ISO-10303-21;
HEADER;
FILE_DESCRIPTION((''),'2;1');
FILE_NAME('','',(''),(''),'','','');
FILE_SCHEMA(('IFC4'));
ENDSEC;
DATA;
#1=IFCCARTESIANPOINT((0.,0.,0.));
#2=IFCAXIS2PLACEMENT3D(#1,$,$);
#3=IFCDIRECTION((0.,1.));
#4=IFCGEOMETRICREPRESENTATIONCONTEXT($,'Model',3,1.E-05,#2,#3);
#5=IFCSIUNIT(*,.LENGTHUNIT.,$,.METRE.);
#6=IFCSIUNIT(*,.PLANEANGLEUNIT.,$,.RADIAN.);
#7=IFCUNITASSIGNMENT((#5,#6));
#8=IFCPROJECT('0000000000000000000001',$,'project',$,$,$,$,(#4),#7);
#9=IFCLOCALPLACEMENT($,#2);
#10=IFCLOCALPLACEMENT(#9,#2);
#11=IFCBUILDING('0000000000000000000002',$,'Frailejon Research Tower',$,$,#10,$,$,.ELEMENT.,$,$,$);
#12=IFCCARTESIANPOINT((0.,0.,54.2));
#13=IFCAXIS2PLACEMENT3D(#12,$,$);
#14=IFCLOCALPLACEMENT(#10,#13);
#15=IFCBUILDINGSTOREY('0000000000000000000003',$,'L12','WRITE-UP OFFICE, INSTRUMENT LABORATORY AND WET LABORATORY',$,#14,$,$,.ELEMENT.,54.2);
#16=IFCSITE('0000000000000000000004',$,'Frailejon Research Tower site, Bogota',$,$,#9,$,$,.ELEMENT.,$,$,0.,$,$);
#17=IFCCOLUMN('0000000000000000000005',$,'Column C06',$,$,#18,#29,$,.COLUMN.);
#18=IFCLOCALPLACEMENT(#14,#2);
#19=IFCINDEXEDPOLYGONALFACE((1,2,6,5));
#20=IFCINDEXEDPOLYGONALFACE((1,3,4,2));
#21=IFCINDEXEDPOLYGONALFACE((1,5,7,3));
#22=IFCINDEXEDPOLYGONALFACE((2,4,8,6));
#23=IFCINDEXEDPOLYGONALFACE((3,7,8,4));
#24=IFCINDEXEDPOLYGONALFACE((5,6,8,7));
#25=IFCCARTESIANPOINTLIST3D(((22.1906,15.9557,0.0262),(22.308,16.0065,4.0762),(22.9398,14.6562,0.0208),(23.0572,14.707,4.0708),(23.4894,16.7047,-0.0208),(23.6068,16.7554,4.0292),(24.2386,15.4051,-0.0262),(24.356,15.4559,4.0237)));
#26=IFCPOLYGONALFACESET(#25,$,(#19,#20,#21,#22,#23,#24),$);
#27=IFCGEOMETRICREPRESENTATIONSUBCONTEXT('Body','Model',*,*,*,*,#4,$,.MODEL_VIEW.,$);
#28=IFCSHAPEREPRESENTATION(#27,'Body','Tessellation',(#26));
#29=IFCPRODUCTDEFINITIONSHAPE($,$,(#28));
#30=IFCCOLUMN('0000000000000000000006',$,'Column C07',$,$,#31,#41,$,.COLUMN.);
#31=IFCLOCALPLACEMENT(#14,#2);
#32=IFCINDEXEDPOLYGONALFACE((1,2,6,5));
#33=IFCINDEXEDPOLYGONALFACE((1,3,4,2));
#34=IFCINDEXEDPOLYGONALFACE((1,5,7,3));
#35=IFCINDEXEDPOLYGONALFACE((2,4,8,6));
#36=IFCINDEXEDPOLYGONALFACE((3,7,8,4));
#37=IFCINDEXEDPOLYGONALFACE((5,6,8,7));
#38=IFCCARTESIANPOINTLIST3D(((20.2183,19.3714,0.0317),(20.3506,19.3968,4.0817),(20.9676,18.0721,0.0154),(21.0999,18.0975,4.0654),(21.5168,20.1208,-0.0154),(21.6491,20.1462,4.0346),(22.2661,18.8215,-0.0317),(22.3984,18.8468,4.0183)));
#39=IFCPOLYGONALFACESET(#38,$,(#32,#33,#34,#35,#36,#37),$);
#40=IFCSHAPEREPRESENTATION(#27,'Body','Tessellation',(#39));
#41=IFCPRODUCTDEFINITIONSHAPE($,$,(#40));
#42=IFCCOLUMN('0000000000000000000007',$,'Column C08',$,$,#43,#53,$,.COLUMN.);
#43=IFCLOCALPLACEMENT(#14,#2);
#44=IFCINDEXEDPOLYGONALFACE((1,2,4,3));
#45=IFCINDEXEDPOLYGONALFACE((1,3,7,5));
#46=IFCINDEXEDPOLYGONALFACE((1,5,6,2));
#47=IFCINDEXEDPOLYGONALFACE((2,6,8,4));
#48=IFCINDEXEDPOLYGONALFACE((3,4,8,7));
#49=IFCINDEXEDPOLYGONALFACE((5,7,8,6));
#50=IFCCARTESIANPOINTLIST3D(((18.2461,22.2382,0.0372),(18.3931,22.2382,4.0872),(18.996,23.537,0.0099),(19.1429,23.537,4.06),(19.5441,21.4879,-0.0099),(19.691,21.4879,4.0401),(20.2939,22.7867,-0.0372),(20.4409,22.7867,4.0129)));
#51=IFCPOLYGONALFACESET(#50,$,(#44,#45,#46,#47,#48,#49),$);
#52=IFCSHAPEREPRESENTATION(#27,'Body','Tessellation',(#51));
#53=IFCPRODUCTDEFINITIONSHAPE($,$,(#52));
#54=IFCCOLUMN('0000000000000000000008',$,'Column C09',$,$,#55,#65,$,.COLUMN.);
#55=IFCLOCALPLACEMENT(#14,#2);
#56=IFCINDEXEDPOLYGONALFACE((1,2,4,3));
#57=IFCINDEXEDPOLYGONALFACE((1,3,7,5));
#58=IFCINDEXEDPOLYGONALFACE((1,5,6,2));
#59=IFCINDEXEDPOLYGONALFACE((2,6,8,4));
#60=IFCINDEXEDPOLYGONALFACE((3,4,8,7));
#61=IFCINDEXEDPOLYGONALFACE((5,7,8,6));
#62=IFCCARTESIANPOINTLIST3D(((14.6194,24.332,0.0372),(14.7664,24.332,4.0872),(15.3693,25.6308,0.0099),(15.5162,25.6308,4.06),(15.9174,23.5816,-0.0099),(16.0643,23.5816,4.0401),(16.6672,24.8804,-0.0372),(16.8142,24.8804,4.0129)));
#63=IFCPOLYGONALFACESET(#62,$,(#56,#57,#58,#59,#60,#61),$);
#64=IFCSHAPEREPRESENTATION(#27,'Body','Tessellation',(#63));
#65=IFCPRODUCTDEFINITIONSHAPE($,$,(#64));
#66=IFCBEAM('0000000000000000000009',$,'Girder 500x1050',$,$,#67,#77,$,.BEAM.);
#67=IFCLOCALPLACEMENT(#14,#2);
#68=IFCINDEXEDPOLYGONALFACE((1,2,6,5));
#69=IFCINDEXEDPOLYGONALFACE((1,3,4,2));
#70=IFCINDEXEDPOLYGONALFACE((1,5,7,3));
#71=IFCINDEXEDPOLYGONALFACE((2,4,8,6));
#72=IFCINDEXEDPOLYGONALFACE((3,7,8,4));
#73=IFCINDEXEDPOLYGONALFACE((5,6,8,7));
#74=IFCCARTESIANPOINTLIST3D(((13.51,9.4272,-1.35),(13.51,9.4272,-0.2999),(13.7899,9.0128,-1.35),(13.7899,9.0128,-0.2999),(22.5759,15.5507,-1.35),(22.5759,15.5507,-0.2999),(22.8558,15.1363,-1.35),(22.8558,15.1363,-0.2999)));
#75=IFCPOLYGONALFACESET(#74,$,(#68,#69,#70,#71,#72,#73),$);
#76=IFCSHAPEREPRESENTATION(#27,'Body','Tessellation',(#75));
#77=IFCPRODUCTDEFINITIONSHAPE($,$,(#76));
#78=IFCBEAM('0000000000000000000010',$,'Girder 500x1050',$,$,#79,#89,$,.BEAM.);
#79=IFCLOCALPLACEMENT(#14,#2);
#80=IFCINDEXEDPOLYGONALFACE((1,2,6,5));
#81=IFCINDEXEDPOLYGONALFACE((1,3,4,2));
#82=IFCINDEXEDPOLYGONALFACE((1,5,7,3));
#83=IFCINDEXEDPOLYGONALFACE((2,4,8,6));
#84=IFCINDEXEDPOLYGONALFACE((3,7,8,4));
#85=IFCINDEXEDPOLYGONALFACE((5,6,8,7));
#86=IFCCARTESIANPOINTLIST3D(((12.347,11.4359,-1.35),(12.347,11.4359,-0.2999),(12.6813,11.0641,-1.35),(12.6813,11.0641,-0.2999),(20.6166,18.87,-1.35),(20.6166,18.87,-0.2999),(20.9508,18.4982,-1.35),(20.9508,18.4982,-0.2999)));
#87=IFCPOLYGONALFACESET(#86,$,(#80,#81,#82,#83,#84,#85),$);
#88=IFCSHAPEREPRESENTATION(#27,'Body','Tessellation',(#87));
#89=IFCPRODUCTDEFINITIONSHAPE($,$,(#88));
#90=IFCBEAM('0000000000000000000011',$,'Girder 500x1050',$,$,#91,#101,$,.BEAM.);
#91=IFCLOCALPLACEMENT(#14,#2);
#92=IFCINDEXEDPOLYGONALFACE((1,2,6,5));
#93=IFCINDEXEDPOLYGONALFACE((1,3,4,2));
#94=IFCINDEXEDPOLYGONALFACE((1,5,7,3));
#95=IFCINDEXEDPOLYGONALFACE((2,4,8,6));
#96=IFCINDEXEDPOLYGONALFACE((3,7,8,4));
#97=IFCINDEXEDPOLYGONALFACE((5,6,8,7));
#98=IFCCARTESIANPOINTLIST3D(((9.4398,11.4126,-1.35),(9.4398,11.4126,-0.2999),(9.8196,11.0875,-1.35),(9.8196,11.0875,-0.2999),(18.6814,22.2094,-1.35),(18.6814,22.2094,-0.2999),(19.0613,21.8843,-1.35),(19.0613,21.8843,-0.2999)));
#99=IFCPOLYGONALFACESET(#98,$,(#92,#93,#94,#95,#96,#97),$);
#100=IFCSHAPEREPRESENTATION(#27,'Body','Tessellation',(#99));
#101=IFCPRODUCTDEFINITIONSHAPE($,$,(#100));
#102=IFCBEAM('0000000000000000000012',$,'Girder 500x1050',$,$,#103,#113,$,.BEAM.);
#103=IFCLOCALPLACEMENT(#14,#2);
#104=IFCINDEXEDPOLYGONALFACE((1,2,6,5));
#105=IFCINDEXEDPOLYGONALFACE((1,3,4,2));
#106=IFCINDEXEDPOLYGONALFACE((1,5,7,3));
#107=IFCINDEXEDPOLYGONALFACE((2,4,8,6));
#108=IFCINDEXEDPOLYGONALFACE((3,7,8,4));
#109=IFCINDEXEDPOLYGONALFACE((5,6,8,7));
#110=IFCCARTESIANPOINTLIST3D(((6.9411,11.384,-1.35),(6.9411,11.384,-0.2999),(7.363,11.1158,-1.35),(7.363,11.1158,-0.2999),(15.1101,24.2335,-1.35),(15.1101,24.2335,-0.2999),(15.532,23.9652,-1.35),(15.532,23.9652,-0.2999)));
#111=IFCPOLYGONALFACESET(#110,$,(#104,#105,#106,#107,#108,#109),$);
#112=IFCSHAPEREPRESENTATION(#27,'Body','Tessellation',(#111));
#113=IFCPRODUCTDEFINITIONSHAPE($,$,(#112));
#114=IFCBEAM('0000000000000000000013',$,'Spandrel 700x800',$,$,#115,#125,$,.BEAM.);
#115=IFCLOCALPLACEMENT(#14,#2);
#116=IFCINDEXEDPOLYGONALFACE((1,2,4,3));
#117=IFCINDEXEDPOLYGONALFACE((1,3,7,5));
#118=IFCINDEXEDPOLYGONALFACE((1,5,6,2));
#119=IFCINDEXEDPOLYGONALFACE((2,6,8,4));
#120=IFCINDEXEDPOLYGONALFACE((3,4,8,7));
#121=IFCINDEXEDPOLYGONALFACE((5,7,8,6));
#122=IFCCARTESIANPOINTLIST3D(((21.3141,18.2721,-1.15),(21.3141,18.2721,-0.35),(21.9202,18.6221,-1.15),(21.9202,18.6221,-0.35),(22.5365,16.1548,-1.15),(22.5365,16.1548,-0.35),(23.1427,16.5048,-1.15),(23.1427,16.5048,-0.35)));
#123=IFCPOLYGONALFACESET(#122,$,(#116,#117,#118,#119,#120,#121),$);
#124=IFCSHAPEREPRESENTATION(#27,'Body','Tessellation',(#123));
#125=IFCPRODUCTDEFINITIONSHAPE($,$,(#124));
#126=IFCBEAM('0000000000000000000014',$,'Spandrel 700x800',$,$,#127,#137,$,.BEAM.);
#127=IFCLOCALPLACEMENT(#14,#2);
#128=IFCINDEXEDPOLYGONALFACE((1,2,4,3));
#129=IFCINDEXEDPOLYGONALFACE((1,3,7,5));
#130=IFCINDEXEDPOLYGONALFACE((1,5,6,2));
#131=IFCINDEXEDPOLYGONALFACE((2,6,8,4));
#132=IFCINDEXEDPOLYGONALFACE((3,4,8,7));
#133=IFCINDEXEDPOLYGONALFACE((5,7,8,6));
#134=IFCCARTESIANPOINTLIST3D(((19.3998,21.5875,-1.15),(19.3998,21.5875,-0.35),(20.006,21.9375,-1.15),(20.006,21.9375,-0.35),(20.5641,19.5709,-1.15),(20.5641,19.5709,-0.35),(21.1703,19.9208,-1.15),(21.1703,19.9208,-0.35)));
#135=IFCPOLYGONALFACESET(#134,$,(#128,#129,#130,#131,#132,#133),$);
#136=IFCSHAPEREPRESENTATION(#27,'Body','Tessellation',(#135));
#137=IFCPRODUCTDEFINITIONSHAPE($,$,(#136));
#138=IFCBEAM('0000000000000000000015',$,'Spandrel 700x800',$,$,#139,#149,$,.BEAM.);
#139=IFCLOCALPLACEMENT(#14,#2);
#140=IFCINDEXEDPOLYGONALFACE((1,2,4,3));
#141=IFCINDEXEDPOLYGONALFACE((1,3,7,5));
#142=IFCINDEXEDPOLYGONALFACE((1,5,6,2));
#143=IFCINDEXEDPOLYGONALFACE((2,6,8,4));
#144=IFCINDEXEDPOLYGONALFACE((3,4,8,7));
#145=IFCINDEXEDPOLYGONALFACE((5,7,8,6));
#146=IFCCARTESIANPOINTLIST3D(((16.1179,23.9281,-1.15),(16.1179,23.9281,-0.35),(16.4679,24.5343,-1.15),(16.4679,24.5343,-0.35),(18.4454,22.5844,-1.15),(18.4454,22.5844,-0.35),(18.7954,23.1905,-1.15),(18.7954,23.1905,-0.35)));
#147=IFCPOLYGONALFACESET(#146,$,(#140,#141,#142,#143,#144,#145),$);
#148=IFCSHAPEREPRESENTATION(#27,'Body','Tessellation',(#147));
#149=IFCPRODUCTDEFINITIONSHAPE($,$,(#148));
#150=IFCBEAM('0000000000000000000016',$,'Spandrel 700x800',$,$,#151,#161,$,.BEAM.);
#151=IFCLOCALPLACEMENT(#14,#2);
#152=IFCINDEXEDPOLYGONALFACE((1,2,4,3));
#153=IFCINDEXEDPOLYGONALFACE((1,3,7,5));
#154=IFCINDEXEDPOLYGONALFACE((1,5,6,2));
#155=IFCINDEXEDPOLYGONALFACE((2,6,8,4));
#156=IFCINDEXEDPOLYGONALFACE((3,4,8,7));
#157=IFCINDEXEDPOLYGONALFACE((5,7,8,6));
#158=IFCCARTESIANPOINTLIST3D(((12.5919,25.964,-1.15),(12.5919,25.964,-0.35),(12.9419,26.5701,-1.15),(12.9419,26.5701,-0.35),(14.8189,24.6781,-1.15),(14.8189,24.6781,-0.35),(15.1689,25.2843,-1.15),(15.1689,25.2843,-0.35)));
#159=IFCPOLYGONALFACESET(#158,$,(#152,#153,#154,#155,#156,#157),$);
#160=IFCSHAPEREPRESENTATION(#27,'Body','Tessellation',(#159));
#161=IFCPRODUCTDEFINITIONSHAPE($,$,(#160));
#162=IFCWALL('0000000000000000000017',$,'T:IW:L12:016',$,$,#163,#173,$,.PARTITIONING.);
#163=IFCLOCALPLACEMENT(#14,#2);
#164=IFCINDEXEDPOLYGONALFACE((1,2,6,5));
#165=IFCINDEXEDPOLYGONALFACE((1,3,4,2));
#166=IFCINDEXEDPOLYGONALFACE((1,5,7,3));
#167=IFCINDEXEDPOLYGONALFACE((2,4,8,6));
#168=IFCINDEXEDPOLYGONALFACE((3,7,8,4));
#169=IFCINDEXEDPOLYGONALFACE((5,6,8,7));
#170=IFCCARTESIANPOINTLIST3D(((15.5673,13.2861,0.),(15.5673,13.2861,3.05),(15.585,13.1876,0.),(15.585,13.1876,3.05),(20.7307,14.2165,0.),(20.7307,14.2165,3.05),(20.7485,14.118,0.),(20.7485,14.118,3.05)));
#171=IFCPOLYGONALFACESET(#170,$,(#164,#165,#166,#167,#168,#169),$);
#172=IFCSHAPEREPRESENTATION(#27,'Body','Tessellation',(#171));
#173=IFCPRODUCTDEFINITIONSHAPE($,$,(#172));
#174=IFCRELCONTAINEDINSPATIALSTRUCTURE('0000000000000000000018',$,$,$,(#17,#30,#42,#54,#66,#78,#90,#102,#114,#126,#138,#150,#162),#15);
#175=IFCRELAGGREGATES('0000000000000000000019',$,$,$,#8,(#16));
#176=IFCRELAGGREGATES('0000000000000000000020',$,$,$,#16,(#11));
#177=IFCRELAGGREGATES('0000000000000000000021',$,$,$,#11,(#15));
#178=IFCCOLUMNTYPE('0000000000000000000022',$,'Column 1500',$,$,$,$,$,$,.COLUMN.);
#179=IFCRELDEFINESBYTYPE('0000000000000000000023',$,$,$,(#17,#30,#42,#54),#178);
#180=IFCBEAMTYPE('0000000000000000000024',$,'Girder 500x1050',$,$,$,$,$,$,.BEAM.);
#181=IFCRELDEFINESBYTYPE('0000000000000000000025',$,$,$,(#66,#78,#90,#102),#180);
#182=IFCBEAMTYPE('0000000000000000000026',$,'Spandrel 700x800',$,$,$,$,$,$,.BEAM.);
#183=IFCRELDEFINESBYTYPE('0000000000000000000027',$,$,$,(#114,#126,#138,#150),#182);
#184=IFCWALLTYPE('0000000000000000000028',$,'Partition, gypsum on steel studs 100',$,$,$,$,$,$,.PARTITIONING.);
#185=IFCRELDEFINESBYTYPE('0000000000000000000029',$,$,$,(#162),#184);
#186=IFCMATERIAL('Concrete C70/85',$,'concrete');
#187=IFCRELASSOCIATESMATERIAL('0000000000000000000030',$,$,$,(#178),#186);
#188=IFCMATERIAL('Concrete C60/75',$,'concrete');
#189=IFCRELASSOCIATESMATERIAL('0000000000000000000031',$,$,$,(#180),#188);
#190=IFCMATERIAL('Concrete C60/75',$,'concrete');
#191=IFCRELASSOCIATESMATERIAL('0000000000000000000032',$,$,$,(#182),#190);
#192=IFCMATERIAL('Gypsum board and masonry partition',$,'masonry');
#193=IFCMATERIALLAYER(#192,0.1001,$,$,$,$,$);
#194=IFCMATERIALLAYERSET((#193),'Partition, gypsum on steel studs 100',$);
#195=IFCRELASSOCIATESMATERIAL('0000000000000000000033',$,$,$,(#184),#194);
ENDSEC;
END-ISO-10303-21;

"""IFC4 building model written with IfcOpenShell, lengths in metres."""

from ifc_helpers import new_model, si_unit, direction, frame, frame_2d, origin, origin_2d, place, context, subcontext, project, spatial, rectangle, extrude, material, layer, layer_set, material_profile, profile_set, type_object, element, save


model = new_model("IFC4")

# Units and contexts
model_context = context("Model", 3, precision=1e-05, world=origin(), true_north=direction((0.0, 1.0)))
body_context = subcontext(model_context, "Body", "Model", "MODEL_VIEW")
ifc_project = project(units=[si_unit("LENGTHUNIT", "METRE"), si_unit("PLANEANGLEUNIT", "RADIAN")], contexts=[model_context])

# Site, building, storey
site_placement = place(None, origin())
site = spatial("IfcSite", under=ifc_project, at=site_placement, Name="Frailejon Research Tower site, Bogota", CompositionType="ELEMENT", RefElevation=0.0)
building_placement = place(site_placement, origin())
building = spatial("IfcBuilding", under=site, at=building_placement, Name="Frailejon Research Tower", CompositionType="ELEMENT")
storey_placement = place(building_placement, frame((0.0, 0.0, 54.2)))
storey = spatial("IfcBuildingStorey", under=building, at=storey_placement, Name="L12", Description="WRITE-UP OFFICE, INSTRUMENT LABORATORY AND WET LABORATORY", CompositionType="ELEMENT", Elevation=54.2)

# Columns
ifc_material_1 = material(Name="Concrete C70/85", Category="concrete")
ifc_material_profile_1 = material_profile(ifc_material_1, rectangle(XDim=1.5, YDim=1.5, at=origin_2d()), Name="Column 1500")
ifc_profile_set_1 = profile_set([ifc_material_profile_1], Name="Concrete C70/85")
column_type = type_object("IfcColumnType", Name="Column 1500", PredefinedType="COLUMN", material=ifc_profile_set_1)
column_1_placement = place(storey_placement, frame((23.2146, 15.6804, 0.0), z_axis=(0.028981, 0.012532, 0.999501), x_axis=(-0.49945, 0.866335, 0.003619)))
element("IfcColumn", 1, at=column_1_placement, inside=storey, type_object=column_type, Name="Column C06", PredefinedType="COLUMN", context=body_context, shape_type="SweptSolid", body=[
    extrude(rectangle(XDim=1.5, YDim=1.5, at=origin_2d()), origin(), (0.0, 0.0, 1.0), 4.052),
])
column_2_placement = place(storey_placement, frame((21.2422, 19.0964, 0.0), z_axis=(0.032654, 0.006266, 0.999447), x_axis=(-0.49952, 0.866234, 0.01089)))
element("IfcColumn", 2, at=column_2_placement, inside=storey, type_object=column_type, Name="Column C07", PredefinedType="COLUMN", context=body_context, shape_type="SweptSolid", body=[
    extrude(rectangle(XDim=1.5, YDim=1.5, at=origin_2d()), origin(), (0.0, 0.0, 1.0), 4.0522),
])
for number, where, z_axis, x_axis, name in (
    (3, (19.27, 22.5125, 0.0), (0.036265, 0.0, 0.999342), (-0.865314, 0.500246, 0.031401), "Column C08"),
    (4, (15.6433, 24.6062, 0.0), (0.036265, 0.0, 0.999342), (-0.865314, 0.500246, 0.031401), "Column C09"),
):
    element("IfcColumn", number, at=place(storey_placement, frame(where, z_axis=z_axis, x_axis=x_axis)), inside=storey, type_object=column_type, Name=name, PredefinedType="COLUMN", context=body_context, shape_type="SweptSolid", body=[
        extrude(rectangle(XDim=1.5, YDim=1.5, at=origin_2d()), origin(), (0.0, 0.0, 1.0), 4.0527),
    ])

# Beams
ifc_material_2 = material(Name="Concrete C60/75", Category="concrete")
ifc_material_profile_2 = material_profile(ifc_material_2, rectangle(XDim=0.5, YDim=1.05, at=origin_2d()), Name="Girder 500x1050")
ifc_profile_set_2 = profile_set([ifc_material_profile_2], Name="Concrete C60/75")
beam_type_1 = type_object("IfcBeamType", Name="Girder 500x1050", PredefinedType="BEAM", material=ifc_profile_set_2)
beam_1_placement = place(storey_placement, frame((22.7158, 15.3435, -0.825), z_axis=(-0.828677, -0.559727, 0.0), x_axis=(0.559727, -0.828677, 0.0)))
element("IfcBeam", 5, at=beam_1_placement, inside=storey, type_object=beam_type_1, Name="Girder 500x1050", PredefinedType="BEAM", context=body_context, shape_type="SweptSolid", body=[
    extrude(rectangle(XDim=0.5, YDim=1.05, at=origin_2d()), origin(), (0.0, 0.0, 1.0), 10.9402),
])
beam_2_placement = place(storey_placement, frame((20.7837, 18.6841, -0.825), z_axis=(-0.743674, -0.668542, 0.0), x_axis=(0.668542, -0.743674, 0.0)))
element("IfcBeam", 6, at=beam_2_placement, inside=storey, type_object=beam_type_1, Name="Girder 500x1050", PredefinedType="BEAM", context=body_context, shape_type="SweptSolid", body=[
    extrude(rectangle(XDim=0.5, YDim=1.05, at=origin_2d()), origin(), (0.0, 0.0, 1.0), 11.1199),
])
beam_3_placement = place(storey_placement, frame((18.8713, 22.0469, -0.825), z_axis=(-0.650273, -0.7597, 0.0), x_axis=(0.7597, -0.650273, 0.0)))
element("IfcBeam", 7, at=beam_3_placement, inside=storey, type_object=beam_type_1, Name="Girder 500x1050", PredefinedType="BEAM", context=body_context, shape_type="SweptSolid", body=[
    extrude(rectangle(XDim=0.5, YDim=1.05, at=origin_2d()), origin(), (0.0, 0.0, 1.0), 14.2119),
])
beam_4_placement = place(storey_placement, frame((15.321, 24.0994, -0.825), z_axis=(-0.536505, -0.843897, 0.0), x_axis=(0.843897, -0.536505, 0.0)))
element("IfcBeam", 8, at=beam_4_placement, inside=storey, type_object=beam_type_1, Name="Girder 500x1050", PredefinedType="BEAM", context=body_context, shape_type="SweptSolid", body=[
    extrude(rectangle(XDim=0.5, YDim=1.05, at=origin_2d()), origin(), (0.0, 0.0, 1.0), 15.2263),
])
ifc_material_3 = material(Name="Concrete C60/75", Category="concrete")
ifc_material_profile_3 = material_profile(ifc_material_3, rectangle(XDim=0.7, YDim=0.8, at=origin_2d()), Name="Spandrel 700x800")
ifc_profile_set_3 = profile_set([ifc_material_profile_3], Name="Concrete C60/75")
beam_type_2 = type_object("IfcBeamType", Name="Spandrel 700x800", PredefinedType="BEAM", material=ifc_profile_set_3)
beam_5_placement = place(storey_placement, frame((22.8396, 16.3298, -0.75), z_axis=(-0.500016, 0.866016, 0.0), x_axis=(-0.866016, -0.500016, 0.0)))
element("IfcBeam", 9, at=beam_5_placement, inside=storey, type_object=beam_type_2, Name="Spandrel 700x800", PredefinedType="BEAM", context=body_context, shape_type="SweptSolid", body=[
    extrude(rectangle(XDim=0.7, YDim=0.8, at=origin_2d()), origin(), (0.0, 0.0, 1.0), 2.4448),
])
beam_6_placement = place(storey_placement, frame((20.8672, 19.7458, -0.75), z_axis=(-0.500007, 0.866021, 0.0), x_axis=(-0.866021, -0.500007, 0.0)))
element("IfcBeam", 10, at=beam_6_placement, inside=storey, type_object=beam_type_2, Name="Spandrel 700x800", PredefinedType="BEAM", context=body_context, shape_type="SweptSolid", body=[
    extrude(rectangle(XDim=0.7, YDim=0.8, at=origin_2d()), origin(), (0.0, 0.0, 1.0), 2.3286),
])
beam_7_placement = place(storey_placement, frame((18.6204, 22.8875, -0.75), z_axis=(-0.866021, 0.500008, 0.0), x_axis=(-0.500008, -0.866021, 0.0)))
element("IfcBeam", 11, at=beam_7_placement, inside=storey, type_object=beam_type_2, Name="Spandrel 700x800", PredefinedType="BEAM", context=body_context, shape_type="SweptSolid", body=[
    extrude(rectangle(XDim=0.7, YDim=0.8, at=origin_2d()), origin(), (0.0, 0.0, 1.0), 2.6875),
])
beam_8_placement = place(storey_placement, frame((14.9939, 24.9812, -0.75), z_axis=(-0.866009, 0.500029, 0.0), x_axis=(-0.500029, -0.866009, 0.0)))
element("IfcBeam", 12, at=beam_8_placement, inside=storey, type_object=beam_type_2, Name="Spandrel 700x800", PredefinedType="BEAM", context=body_context, shape_type="SweptSolid", body=[
    extrude(rectangle(XDim=0.7, YDim=0.8, at=origin_2d()), origin(), (0.0, 0.0, 1.0), 2.5715),
])

# Wall
ifc_material_4 = material(Name="Gypsum board and masonry partition", Category="masonry")
ifc_layer_1 = layer(ifc_material_4, 0.1001)
ifc_layer_set_1 = layer_set([ifc_layer_1], Name="Partition, gypsum on steel studs 100")
wall_type_1 = type_object("IfcWallType", Name="Partition, gypsum on steel studs 100", PredefinedType="PARTITIONING", material=ifc_layer_set_1)
wall_1_placement = place(storey_placement, frame((15.5762, 13.2368, 0.0), z_axis=(0.0, 0.0, 1.0), x_axis=(0.984149, 0.177341, 0.0)))
element("IfcWall", 13, at=wall_1_placement, inside=storey, type_object=wall_type_1, Name="T:IW:L12:016", PredefinedType="PARTITIONING", context=body_context, shape_type="SweptSolid", body=[
    extrude(rectangle(XDim=5.2466, YDim=0.1001, at=frame_2d((2.6233, 0.0))), origin(), (0.0, 0.0, 1.0), 3.05),
])

save(model, "model.ifc")
